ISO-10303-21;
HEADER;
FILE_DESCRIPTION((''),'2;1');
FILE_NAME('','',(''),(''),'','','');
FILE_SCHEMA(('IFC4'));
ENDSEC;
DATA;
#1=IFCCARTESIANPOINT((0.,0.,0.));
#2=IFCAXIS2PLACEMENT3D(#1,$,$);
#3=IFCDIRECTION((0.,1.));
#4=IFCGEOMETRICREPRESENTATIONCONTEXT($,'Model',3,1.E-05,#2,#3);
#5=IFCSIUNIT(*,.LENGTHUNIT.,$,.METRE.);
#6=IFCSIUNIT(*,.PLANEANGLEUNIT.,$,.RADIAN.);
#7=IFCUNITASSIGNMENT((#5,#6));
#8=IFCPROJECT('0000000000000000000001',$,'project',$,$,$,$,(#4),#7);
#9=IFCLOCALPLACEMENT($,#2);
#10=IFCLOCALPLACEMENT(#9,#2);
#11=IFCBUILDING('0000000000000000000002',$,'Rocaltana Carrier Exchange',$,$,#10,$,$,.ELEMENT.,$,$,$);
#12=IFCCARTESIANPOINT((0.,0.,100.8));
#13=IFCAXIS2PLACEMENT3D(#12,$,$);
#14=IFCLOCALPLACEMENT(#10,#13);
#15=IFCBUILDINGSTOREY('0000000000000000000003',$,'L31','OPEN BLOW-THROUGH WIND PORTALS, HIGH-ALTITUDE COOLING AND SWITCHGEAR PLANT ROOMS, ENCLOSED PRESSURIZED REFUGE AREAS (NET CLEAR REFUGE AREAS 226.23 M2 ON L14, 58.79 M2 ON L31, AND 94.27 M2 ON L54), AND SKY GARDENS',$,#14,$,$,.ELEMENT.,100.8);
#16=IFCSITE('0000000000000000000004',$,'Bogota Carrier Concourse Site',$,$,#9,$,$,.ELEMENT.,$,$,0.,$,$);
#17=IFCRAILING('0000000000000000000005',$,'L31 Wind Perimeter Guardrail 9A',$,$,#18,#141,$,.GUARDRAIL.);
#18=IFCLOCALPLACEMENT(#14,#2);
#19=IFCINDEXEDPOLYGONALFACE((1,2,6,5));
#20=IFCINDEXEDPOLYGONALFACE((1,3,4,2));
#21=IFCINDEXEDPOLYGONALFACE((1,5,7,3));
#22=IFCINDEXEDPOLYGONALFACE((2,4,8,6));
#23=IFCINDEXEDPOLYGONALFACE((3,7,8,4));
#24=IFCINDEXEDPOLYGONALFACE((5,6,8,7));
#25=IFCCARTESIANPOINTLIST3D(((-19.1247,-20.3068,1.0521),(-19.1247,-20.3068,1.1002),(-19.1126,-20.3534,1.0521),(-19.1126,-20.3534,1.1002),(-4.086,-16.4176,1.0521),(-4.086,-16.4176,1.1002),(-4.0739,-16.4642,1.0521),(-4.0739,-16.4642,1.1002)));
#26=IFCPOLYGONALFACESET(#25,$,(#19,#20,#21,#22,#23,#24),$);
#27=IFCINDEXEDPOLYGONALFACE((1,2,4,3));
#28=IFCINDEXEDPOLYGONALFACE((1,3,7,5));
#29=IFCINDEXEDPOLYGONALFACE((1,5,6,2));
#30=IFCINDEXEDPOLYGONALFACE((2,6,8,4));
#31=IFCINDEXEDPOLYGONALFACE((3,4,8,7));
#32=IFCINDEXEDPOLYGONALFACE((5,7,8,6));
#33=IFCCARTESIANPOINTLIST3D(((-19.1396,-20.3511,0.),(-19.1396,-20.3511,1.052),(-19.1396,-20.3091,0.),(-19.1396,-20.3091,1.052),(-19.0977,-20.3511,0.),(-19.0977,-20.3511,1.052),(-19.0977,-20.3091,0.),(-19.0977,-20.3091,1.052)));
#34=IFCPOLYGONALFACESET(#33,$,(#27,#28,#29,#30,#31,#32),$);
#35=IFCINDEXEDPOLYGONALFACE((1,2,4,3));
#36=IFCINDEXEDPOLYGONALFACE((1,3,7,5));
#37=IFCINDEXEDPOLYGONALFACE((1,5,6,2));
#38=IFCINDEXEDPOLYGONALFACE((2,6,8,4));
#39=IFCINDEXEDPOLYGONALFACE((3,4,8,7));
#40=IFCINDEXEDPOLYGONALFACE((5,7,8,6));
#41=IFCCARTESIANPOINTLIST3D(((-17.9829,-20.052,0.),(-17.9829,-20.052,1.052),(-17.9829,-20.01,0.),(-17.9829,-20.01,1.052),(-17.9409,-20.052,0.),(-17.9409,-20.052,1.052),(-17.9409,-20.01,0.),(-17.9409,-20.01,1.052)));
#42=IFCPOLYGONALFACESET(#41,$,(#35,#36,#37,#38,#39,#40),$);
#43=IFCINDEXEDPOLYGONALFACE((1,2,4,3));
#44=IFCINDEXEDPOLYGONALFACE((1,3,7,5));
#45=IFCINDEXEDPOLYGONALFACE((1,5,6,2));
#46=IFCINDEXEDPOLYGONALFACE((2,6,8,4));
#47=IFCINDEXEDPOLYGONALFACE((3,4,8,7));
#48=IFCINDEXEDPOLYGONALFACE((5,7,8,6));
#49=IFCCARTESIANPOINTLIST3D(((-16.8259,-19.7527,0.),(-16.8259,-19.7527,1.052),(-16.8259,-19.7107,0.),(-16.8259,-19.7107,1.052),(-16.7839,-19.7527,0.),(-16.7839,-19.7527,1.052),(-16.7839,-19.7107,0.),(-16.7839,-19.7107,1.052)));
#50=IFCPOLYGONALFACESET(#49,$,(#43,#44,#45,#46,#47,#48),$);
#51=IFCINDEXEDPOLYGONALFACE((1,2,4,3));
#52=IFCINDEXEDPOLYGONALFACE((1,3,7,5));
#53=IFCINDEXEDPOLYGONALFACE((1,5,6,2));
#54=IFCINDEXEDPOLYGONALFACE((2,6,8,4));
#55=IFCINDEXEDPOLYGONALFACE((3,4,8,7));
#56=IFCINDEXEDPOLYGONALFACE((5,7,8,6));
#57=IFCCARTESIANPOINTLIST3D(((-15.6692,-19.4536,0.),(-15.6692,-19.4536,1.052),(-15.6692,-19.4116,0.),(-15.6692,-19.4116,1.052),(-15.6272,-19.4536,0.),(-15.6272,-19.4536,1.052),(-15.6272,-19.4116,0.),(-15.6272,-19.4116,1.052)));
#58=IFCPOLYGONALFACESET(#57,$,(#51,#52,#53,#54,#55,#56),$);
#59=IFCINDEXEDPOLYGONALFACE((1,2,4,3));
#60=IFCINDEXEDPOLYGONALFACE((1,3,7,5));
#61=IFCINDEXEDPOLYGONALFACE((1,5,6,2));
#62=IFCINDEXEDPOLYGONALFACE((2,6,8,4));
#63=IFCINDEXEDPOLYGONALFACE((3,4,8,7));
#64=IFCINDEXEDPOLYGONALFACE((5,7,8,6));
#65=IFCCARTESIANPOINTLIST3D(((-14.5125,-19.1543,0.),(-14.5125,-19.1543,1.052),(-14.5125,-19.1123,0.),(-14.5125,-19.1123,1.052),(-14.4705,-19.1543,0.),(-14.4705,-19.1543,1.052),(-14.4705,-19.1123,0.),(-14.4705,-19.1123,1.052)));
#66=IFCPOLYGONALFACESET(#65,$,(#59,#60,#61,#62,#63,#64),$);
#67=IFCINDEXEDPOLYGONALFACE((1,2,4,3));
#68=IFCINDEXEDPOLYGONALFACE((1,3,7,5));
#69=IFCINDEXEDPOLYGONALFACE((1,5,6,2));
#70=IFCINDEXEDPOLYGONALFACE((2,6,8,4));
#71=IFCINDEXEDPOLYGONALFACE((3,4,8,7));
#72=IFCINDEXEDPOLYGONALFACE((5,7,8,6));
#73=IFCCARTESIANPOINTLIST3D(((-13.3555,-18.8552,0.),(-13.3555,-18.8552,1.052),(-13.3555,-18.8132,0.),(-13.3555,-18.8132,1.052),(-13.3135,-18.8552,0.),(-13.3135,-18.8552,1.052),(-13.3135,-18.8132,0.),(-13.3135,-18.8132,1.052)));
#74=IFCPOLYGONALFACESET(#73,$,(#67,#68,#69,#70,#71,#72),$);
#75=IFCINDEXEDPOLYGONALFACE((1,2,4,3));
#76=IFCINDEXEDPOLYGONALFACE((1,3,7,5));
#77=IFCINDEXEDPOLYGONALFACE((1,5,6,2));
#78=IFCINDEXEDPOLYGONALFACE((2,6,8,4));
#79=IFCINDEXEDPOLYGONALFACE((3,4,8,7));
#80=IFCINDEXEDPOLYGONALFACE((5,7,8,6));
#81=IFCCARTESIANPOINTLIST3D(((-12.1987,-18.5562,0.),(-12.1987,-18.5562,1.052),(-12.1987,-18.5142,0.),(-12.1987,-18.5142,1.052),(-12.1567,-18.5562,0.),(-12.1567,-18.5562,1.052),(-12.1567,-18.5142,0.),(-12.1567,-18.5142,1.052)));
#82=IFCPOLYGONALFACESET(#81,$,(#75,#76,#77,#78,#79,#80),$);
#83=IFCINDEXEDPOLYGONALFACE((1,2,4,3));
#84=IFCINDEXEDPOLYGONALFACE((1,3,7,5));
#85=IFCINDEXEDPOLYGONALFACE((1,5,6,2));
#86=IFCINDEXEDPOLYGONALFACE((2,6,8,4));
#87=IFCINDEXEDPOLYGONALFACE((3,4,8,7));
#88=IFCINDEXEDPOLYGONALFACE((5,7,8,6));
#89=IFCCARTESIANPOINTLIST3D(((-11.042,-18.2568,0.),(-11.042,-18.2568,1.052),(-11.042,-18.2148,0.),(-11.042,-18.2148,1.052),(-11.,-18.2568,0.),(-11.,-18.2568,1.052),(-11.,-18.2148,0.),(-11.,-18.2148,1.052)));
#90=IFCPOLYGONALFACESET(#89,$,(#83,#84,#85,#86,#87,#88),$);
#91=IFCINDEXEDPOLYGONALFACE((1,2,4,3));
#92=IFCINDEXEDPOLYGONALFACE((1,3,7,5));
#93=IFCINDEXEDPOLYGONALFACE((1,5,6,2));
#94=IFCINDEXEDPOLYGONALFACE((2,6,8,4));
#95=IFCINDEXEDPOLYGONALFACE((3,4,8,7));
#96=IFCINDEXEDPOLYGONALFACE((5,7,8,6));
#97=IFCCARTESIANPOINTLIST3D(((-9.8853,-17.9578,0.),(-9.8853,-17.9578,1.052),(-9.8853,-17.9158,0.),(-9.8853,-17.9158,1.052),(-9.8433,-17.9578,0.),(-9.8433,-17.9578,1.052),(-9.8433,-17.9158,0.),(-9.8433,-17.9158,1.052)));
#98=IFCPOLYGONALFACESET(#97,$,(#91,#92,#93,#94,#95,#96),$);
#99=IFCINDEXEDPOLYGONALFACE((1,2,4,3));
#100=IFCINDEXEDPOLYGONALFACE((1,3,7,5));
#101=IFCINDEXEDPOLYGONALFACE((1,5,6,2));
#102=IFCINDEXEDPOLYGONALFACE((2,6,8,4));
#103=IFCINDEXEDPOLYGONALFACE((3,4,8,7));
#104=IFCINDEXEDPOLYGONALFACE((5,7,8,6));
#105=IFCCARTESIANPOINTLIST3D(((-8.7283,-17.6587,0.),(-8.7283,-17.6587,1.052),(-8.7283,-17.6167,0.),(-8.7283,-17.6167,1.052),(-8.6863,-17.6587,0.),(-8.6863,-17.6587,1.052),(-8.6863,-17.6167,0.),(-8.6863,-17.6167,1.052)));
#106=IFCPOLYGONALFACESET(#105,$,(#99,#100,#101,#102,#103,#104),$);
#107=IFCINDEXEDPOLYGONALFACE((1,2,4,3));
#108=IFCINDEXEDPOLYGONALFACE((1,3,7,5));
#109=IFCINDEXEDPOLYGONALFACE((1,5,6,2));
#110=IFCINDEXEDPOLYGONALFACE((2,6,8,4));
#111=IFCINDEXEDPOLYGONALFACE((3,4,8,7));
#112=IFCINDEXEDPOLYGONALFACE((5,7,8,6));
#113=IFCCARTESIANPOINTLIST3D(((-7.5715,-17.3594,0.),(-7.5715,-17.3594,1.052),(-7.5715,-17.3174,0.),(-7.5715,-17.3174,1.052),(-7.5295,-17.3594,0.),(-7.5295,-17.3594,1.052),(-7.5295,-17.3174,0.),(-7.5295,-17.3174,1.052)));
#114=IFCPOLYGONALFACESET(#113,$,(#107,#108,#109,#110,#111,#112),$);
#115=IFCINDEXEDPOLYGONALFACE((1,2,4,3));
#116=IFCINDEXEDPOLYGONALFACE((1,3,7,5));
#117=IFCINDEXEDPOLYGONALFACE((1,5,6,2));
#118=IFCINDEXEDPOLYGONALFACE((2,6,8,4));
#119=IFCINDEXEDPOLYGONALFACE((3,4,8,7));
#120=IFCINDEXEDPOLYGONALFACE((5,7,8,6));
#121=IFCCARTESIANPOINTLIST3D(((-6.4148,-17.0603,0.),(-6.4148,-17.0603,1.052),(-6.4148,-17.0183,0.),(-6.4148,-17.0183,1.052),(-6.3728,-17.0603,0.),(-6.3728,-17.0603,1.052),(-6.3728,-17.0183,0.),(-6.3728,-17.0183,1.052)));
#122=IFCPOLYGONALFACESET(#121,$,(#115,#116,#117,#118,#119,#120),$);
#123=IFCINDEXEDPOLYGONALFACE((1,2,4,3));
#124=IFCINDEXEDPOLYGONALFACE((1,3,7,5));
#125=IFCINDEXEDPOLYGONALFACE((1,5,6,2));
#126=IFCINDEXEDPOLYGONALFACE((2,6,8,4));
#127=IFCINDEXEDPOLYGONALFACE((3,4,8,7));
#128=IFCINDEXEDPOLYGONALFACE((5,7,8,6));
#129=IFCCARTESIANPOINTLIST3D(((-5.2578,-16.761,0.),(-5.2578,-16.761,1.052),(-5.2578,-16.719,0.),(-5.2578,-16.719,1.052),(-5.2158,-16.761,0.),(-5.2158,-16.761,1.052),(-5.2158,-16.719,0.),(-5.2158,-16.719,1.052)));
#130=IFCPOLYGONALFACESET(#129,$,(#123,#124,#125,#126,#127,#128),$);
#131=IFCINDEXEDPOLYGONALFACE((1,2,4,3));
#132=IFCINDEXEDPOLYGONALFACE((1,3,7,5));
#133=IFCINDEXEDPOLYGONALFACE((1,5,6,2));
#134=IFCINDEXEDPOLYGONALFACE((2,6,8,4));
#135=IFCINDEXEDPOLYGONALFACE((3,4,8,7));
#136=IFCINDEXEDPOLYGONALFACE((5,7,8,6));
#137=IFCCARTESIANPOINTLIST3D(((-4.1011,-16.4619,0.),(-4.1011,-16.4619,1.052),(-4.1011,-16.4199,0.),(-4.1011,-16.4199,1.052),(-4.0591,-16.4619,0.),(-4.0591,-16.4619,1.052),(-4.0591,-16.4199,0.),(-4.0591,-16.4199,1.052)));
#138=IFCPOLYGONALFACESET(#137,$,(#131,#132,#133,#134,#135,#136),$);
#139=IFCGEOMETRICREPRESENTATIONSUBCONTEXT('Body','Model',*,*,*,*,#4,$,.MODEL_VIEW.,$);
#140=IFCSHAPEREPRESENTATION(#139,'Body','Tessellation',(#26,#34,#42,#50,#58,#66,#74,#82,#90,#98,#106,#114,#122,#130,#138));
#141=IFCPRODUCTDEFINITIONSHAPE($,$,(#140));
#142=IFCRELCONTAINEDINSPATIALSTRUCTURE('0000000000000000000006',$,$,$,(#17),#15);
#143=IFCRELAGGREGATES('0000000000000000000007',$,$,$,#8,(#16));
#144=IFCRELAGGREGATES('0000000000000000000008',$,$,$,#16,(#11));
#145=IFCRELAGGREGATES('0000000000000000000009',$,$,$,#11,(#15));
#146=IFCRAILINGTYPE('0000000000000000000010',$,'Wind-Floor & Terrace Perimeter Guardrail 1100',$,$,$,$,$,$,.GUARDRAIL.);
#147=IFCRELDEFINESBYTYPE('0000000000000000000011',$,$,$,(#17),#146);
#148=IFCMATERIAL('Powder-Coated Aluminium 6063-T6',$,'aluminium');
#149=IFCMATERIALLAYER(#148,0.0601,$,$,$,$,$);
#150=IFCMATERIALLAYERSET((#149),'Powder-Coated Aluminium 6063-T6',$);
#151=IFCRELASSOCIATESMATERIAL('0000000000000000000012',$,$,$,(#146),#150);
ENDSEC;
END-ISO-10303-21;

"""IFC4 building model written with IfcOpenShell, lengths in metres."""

from ifc_helpers import new_model, si_unit, direction, frame, origin, origin_2d, place, context, subcontext, project, spatial, rectangle, extrude, material, layer, layer_set, type_object, element, save


model = new_model("IFC4")

# Units and contexts
model_context = context("Model", 3, precision=1e-05, world=origin(), true_north=direction((0.0, 1.0)))
body_context = subcontext(model_context, "Body", "Model", "MODEL_VIEW")
ifc_project = project(units=[si_unit("LENGTHUNIT", "METRE"), si_unit("PLANEANGLEUNIT", "RADIAN")], contexts=[model_context])

# Site, building, storey
site_placement = place(None, origin())
site = spatial("IfcSite", under=ifc_project, at=site_placement, Name="Bogota Carrier Concourse Site", CompositionType="ELEMENT", RefElevation=0.0)
building_placement = place(site_placement, origin())
building = spatial("IfcBuilding", under=site, at=building_placement, Name="Rocaltana Carrier Exchange", CompositionType="ELEMENT")
storey_placement = place(building_placement, frame((0.0, 0.0, 100.8)))
storey = spatial("IfcBuildingStorey", under=building, at=storey_placement, Name="L31", Description="OPEN BLOW-THROUGH WIND PORTALS, HIGH-ALTITUDE COOLING AND SWITCHGEAR PLANT ROOMS, ENCLOSED PRESSURIZED REFUGE AREAS (NET CLEAR REFUGE AREAS 226.23 M2 ON L14, 58.79 M2 ON L31, AND 94.27 M2 ON L54), AND SKY GARDENS", CompositionType="ELEMENT", Elevation=100.8)

# Railing
ifc_material_1 = material(Name="Powder-Coated Aluminium 6063-T6", Category="aluminium")
ifc_layer_1 = layer(ifc_material_1, 0.0601)
ifc_layer_set_1 = layer_set([ifc_layer_1], Name="Powder-Coated Aluminium 6063-T6")
railing_type = type_object("IfcRailingType", Name="Wind-Floor & Terrace Perimeter Guardrail 1100", PredefinedType="GUARDRAIL", material=ifc_layer_set_1)
railing_1_placement = place(storey_placement, frame((-19.1187, -20.3301, 0.0)))
element("IfcRailing", 1, at=railing_1_placement, inside=storey, type_object=railing_type, Name="L31 Wind Perimeter Guardrail 9A", PredefinedType="GUARDRAIL", context=body_context, shape_type="SweptSolid", body=[
    extrude(rectangle(XDim=0.0481, YDim=0.0481, at=origin_2d()), frame((0.0, 0.0, 1.0762), z_axis=(0.968149, 0.250375, 0.0), x_axis=(-0.250375, 0.968149, 0.0)), (0.0, 0.0, 1.0), 15.5334),
    extrude(rectangle(XDim=0.042, YDim=0.042, at=origin_2d()), origin(), (0.0, 0.0, 1.0), 1.052),
    extrude(rectangle(XDim=0.042, YDim=0.042, at=origin_2d()), frame((1.1567, 0.2991, 0.0)), (0.0, 0.0, 1.0), 1.052),
    extrude(rectangle(XDim=0.042, YDim=0.042, at=origin_2d()), frame((2.3137, 0.5984, 0.0)), (0.0, 0.0, 1.0), 1.052),
    extrude(rectangle(XDim=0.042, YDim=0.042, at=origin_2d()), frame((3.4705, 0.8975, 0.0)), (0.0, 0.0, 1.0), 1.052),
    extrude(rectangle(XDim=0.042, YDim=0.042, at=origin_2d()), frame((4.6272, 1.1968, 0.0)), (0.0, 0.0, 1.0), 1.052),
    extrude(rectangle(XDim=0.042, YDim=0.042, at=origin_2d()), frame((5.7842, 1.4958, 0.0)), (0.0, 0.0, 1.0), 1.052),
    extrude(rectangle(XDim=0.042, YDim=0.042, at=origin_2d()), frame((6.9409, 1.7949, 0.0)), (0.0, 0.0, 1.0), 1.052),
    extrude(rectangle(XDim=0.042, YDim=0.042, at=origin_2d()), frame((8.0977, 2.0942, 0.0)), (0.0, 0.0, 1.0), 1.052),
    extrude(rectangle(XDim=0.042, YDim=0.042, at=origin_2d()), frame((9.2544, 2.3933, 0.0)), (0.0, 0.0, 1.0), 1.052),
    extrude(rectangle(XDim=0.042, YDim=0.042, at=origin_2d()), frame((10.4114, 2.6924, 0.0)), (0.0, 0.0, 1.0), 1.052),
    extrude(rectangle(XDim=0.042, YDim=0.042, at=origin_2d()), frame((11.5681, 2.9917, 0.0)), (0.0, 0.0, 1.0), 1.052),
    extrude(rectangle(XDim=0.042, YDim=0.042, at=origin_2d()), frame((12.7249, 3.2908, 0.0)), (0.0, 0.0, 1.0), 1.052),
    extrude(rectangle(XDim=0.042, YDim=0.042, at=origin_2d()), frame((13.8818, 3.5901, 0.0)), (0.0, 0.0, 1.0), 1.052),
    extrude(rectangle(XDim=0.042, YDim=0.042, at=origin_2d()), frame((15.0386, 3.8892, 0.0)), (0.0, 0.0, 1.0), 1.052),
])

save(model, "model.ifc")
